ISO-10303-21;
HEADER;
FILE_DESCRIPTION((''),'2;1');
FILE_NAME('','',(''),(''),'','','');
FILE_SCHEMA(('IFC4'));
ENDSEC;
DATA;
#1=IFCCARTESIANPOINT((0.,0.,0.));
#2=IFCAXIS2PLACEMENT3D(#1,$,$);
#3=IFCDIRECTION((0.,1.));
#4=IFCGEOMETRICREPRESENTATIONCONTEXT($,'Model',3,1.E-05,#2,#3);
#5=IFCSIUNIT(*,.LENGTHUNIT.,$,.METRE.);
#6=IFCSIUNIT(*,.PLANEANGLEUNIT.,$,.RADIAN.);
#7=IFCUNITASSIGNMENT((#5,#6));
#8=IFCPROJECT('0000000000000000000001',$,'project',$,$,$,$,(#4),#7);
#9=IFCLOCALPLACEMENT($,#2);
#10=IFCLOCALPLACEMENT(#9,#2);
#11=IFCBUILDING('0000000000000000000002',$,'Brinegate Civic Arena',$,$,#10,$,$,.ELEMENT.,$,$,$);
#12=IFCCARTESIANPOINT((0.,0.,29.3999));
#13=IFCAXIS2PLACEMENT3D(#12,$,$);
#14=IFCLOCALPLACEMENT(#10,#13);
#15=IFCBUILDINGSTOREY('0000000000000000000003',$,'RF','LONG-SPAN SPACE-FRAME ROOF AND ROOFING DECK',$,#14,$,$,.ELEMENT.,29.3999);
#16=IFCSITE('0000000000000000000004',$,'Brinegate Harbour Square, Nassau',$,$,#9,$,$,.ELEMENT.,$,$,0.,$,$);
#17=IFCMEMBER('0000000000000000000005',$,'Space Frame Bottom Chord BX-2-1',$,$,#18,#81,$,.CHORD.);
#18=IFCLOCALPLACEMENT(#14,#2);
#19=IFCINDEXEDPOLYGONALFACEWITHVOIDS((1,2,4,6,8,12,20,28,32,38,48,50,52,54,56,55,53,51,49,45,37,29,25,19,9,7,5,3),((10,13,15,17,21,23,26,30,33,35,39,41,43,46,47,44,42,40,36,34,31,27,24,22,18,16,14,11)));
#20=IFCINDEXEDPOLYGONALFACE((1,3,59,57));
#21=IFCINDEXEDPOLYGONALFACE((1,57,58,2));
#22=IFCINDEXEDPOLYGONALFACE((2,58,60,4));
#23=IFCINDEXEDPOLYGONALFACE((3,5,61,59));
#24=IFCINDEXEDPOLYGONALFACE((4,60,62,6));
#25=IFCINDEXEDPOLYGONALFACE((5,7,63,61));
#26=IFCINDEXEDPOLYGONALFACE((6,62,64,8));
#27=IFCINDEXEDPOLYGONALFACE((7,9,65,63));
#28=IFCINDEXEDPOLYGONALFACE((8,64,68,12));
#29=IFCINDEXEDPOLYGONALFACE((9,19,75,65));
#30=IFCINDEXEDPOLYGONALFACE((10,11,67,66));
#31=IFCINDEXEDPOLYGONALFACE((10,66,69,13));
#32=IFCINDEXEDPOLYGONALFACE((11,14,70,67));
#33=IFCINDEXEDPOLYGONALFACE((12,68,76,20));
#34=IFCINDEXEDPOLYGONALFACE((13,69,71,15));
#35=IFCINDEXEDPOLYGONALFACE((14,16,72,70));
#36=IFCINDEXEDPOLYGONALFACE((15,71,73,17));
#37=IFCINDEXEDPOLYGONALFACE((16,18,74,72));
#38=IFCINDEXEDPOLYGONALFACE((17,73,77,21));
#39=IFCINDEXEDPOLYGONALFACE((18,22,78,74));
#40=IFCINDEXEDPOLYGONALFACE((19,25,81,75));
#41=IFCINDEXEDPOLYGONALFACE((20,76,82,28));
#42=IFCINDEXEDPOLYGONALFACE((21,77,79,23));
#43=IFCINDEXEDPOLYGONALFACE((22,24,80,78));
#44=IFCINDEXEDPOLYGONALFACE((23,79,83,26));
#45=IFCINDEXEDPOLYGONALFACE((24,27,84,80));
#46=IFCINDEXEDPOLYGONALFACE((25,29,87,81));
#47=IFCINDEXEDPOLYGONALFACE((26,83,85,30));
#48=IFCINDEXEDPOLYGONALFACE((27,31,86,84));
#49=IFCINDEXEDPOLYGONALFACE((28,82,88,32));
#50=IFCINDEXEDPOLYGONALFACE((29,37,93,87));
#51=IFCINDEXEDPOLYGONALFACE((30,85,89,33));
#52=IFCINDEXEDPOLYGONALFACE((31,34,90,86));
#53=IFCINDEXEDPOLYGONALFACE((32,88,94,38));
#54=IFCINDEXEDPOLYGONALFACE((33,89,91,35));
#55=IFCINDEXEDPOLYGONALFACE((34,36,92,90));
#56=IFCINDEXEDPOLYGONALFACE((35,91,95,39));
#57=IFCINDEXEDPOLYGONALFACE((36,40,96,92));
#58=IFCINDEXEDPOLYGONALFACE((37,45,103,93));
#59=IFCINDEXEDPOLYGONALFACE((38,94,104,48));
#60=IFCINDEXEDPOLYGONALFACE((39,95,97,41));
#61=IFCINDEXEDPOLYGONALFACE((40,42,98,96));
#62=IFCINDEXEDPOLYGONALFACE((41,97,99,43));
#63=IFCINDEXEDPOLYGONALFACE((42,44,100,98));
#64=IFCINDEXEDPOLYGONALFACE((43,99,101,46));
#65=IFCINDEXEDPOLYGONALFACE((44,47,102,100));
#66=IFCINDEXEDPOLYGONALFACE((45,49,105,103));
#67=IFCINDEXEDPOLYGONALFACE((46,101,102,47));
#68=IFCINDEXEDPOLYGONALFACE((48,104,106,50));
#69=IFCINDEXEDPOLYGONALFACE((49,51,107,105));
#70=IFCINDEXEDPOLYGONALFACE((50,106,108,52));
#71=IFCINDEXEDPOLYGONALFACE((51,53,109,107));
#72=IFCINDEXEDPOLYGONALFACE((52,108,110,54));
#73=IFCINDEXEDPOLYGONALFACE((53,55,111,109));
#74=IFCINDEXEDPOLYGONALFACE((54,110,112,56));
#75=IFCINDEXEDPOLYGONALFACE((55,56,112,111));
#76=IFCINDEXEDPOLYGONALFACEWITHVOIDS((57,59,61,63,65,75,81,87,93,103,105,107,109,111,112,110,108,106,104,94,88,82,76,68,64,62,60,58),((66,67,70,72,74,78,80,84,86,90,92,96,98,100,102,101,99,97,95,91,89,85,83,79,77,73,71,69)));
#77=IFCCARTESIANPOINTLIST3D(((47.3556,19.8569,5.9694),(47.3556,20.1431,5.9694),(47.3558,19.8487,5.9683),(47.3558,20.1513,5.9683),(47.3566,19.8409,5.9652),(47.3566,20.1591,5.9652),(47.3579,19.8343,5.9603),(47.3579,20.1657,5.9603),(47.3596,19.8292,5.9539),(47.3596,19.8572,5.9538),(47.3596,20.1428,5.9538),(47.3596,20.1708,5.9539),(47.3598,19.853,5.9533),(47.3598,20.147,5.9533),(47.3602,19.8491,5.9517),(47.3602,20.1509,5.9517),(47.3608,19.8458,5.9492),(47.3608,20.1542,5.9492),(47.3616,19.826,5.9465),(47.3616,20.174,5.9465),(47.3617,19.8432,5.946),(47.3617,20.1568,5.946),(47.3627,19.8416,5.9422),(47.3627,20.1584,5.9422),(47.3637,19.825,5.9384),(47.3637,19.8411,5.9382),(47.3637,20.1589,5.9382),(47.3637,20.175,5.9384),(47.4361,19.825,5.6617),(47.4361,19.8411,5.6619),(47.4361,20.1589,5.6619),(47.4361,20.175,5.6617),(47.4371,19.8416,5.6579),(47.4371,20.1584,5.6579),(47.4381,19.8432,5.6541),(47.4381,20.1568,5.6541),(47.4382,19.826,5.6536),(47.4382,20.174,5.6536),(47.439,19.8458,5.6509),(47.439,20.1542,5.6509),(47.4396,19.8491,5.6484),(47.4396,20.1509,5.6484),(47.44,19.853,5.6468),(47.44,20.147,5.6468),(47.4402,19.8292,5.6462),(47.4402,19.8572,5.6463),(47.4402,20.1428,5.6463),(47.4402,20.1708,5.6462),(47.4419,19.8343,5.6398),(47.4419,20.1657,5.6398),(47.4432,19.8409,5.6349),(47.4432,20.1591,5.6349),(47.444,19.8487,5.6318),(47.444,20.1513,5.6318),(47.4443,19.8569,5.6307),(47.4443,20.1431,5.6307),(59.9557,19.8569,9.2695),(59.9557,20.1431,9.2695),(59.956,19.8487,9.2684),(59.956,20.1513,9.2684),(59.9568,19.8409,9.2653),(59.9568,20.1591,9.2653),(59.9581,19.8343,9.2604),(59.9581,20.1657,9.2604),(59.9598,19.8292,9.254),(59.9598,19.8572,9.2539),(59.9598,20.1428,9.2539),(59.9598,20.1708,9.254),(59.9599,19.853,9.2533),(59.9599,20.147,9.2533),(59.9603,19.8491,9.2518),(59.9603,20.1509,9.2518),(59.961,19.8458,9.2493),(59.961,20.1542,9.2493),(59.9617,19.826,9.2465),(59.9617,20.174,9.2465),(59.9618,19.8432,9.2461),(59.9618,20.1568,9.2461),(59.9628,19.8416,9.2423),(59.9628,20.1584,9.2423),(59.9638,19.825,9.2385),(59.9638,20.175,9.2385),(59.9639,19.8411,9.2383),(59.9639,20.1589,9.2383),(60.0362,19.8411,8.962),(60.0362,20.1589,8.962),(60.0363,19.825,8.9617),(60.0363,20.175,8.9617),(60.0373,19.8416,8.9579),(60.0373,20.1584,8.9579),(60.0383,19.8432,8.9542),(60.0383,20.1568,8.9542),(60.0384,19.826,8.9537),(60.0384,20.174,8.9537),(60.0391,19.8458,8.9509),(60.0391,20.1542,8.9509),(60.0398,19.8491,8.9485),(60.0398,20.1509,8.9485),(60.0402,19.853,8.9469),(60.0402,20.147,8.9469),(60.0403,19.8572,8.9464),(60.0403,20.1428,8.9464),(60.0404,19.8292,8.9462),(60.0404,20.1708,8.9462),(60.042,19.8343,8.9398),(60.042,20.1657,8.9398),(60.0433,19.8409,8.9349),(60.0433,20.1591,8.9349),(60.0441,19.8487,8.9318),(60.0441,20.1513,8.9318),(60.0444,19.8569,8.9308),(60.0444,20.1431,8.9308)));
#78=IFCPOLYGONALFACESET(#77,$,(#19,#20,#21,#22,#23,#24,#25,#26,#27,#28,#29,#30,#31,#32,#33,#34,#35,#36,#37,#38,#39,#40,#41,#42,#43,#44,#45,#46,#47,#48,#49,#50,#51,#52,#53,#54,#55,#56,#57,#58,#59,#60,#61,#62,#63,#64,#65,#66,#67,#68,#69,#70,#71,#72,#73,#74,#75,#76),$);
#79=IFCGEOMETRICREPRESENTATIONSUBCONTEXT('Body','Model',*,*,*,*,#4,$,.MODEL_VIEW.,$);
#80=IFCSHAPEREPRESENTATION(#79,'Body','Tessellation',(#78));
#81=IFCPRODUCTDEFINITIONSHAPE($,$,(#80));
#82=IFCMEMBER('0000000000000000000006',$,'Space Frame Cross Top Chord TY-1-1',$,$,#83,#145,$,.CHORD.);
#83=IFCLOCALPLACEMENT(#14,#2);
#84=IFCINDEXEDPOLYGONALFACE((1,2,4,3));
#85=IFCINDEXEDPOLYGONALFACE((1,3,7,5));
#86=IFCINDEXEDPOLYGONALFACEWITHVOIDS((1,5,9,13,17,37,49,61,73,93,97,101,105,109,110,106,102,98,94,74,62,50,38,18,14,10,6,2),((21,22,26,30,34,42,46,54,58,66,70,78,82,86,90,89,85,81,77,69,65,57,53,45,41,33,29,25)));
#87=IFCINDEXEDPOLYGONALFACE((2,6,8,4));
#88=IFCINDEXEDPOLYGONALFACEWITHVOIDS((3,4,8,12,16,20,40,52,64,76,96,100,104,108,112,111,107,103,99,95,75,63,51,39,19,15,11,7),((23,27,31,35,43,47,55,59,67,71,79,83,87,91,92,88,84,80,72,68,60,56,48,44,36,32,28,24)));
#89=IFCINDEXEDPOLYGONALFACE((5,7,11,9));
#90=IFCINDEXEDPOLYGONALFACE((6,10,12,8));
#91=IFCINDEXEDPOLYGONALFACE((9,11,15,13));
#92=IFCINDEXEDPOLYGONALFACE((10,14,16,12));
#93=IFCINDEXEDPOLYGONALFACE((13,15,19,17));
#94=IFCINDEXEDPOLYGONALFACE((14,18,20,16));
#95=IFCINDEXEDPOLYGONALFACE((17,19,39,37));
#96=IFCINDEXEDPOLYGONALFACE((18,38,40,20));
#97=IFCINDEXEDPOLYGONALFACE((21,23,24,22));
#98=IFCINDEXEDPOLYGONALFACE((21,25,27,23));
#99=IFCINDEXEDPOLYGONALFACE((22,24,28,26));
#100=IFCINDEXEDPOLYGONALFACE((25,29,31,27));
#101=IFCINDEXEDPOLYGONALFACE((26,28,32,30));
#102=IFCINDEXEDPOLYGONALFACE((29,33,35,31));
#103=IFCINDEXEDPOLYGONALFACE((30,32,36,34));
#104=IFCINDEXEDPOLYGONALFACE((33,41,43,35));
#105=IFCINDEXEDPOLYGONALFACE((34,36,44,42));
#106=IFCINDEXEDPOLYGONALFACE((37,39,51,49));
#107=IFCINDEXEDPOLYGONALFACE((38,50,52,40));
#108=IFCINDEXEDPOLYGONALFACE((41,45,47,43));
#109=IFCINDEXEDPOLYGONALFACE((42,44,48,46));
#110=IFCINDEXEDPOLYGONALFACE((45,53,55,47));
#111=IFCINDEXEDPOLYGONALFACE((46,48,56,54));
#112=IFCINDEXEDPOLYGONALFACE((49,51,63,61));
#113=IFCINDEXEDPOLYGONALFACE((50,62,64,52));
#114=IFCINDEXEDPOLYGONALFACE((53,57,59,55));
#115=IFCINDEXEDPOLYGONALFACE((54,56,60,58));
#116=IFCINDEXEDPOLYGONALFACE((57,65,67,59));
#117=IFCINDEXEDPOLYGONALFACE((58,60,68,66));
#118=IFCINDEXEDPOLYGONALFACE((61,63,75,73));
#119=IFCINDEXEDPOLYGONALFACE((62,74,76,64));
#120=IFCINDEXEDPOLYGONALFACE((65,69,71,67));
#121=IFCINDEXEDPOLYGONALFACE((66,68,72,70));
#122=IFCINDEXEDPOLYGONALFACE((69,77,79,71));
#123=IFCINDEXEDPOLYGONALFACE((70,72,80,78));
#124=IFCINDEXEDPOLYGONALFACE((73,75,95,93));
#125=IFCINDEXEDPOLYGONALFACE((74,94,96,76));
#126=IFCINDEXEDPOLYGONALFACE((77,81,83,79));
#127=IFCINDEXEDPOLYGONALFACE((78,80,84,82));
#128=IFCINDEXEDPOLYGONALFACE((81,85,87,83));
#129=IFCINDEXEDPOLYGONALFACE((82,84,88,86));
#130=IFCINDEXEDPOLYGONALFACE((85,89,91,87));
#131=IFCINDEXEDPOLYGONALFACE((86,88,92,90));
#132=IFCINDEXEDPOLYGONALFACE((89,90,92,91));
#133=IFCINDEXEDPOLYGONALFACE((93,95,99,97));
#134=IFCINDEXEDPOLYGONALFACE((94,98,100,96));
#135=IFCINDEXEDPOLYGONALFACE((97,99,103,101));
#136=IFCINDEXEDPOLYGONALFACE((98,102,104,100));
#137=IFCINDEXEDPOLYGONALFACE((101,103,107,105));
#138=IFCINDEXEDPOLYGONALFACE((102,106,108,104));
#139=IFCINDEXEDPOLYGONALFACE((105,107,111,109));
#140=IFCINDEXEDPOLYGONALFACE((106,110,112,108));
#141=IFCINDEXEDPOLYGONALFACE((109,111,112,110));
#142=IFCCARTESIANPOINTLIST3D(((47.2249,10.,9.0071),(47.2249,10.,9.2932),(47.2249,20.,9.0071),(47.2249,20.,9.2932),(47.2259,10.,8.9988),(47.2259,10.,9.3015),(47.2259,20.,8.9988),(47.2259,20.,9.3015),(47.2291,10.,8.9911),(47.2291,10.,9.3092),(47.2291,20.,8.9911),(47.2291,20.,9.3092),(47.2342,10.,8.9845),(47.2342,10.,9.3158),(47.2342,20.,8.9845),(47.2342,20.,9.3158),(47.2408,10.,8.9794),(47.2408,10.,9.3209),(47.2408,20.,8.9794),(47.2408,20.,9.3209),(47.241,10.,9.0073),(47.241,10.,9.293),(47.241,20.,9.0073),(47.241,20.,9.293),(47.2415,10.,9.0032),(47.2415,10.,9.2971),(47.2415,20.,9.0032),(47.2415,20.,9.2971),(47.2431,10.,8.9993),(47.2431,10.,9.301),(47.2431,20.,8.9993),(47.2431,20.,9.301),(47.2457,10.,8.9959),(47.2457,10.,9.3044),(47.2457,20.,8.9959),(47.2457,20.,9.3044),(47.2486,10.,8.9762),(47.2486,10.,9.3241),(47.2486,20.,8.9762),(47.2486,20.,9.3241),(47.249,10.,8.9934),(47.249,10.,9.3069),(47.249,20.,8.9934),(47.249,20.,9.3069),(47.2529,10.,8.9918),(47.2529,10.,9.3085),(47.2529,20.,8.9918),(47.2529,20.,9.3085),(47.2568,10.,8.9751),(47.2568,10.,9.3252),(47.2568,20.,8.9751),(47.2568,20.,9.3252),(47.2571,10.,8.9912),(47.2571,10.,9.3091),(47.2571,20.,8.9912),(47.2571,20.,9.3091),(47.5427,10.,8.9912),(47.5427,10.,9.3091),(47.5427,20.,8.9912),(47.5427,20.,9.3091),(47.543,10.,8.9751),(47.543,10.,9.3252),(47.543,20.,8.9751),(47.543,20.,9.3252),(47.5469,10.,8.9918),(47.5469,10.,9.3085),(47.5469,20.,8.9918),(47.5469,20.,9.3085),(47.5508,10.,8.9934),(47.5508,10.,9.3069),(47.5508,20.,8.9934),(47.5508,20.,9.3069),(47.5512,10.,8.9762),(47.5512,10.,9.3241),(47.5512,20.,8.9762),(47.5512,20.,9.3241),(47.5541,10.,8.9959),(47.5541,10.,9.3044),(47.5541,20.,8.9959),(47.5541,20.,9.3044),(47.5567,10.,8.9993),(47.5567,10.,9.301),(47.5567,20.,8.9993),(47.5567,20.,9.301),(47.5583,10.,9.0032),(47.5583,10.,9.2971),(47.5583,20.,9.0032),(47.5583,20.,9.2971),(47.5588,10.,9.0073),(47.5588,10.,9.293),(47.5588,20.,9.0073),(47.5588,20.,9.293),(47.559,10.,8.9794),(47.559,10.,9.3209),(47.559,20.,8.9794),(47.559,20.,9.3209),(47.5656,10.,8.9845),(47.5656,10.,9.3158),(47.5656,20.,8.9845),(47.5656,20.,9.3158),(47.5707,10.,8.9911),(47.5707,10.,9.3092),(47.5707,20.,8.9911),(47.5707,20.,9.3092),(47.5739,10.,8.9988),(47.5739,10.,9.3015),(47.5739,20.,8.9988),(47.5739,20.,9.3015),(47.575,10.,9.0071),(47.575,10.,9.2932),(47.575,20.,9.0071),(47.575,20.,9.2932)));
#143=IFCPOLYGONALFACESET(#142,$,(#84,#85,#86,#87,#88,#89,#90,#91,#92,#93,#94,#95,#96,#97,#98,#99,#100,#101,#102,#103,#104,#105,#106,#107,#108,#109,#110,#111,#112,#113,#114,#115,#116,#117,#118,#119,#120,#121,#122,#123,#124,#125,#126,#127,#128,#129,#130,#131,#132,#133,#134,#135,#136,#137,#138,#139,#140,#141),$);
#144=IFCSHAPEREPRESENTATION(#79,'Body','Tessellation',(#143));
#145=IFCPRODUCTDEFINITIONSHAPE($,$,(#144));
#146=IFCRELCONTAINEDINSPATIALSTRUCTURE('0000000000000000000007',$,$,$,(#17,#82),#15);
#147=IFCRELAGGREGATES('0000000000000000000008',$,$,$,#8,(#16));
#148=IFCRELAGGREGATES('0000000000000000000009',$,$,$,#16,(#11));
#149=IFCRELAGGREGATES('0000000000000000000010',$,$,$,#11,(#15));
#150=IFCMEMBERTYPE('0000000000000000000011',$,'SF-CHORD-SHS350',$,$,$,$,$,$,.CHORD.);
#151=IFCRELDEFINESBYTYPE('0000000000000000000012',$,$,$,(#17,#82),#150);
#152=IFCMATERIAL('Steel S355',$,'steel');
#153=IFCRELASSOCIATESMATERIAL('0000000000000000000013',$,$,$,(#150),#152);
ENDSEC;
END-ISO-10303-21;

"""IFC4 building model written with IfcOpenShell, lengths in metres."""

from ifc_helpers import new_model, si_unit, direction, frame, origin, origin_2d, place, context, subcontext, project, spatial, hollow_rectangle, extrude, material, material_profile, profile_set, type_object, element, save


model = new_model("IFC4")

# Units and contexts
model_context = context("Model", 3, precision=1e-05, world=origin(), true_north=direction((0.0, 1.0)))
body_context = subcontext(model_context, "Body", "Model", "MODEL_VIEW")
ifc_project = project(units=[si_unit("LENGTHUNIT", "METRE"), si_unit("PLANEANGLEUNIT", "RADIAN")], contexts=[model_context])

# Site, building, storey
site_placement = place(None, origin())
site = spatial("IfcSite", under=ifc_project, at=site_placement, Name="Brinegate Harbour Square, Nassau", CompositionType="ELEMENT", RefElevation=0.0)
building_placement = place(site_placement, origin())
building = spatial("IfcBuilding", under=site, at=building_placement, Name="Brinegate Civic Arena", CompositionType="ELEMENT")
storey_placement = place(building_placement, frame((0.0, 0.0, 29.3999)))
storey = spatial("IfcBuildingStorey", under=building, at=storey_placement, Name="RF", Description="LONG-SPAN SPACE-FRAME ROOF AND ROOFING DECK", CompositionType="ELEMENT", Elevation=29.3999)

# Members
ifc_material_1 = material(Name="Steel S355", Category="steel")
ifc_material_profile_1 = material_profile(ifc_material_1, hollow_rectangle(XDim=0.3501, YDim=0.3501, WallThickness=0.0161, InnerFilletRadius=0.0161, OuterFilletRadius=0.032, at=origin_2d()), Name="SHS350X16")
ifc_profile_set_1 = profile_set([ifc_material_profile_1], Name="Steel S355")
member_type_1 = type_object("IfcMemberType", Name="SF-CHORD-SHS350", PredefinedType="CHORD", material=ifc_profile_set_1)
member_1_placement = place(storey_placement, frame((47.3999, 20.0, 5.8), z_axis=(0.967372, 0.0, 0.253361), x_axis=(0.0, 1.0, 0.0)))
element("IfcMember", 1, at=member_1_placement, inside=storey, type_object=member_type_1, Name="Space Frame Bottom Chord BX-2-1", PredefinedType="CHORD", context=body_context, shape_type="SweptSolid", body=[
    extrude(hollow_rectangle(XDim=0.3501, YDim=0.3501, WallThickness=0.0161, InnerFilletRadius=0.0161, OuterFilletRadius=0.032, at=origin_2d()), origin(), (0.0, 0.0, 1.0), 13.0251),
])
member_2_placement = place(storey_placement, frame((47.3999, 10.0, 9.1501), z_axis=(0.0, 1.0, 0.0), x_axis=(-1.0, 0.0, 0.0)))
element("IfcMember", 2, at=member_2_placement, inside=storey, type_object=member_type_1, Name="Space Frame Cross Top Chord TY-1-1", PredefinedType="CHORD", context=body_context, shape_type="SweptSolid", body=[
    extrude(hollow_rectangle(XDim=0.3501, YDim=0.3501, WallThickness=0.0161, InnerFilletRadius=0.0161, OuterFilletRadius=0.032, at=origin_2d()), origin(), (0.0, 0.0, 1.0), 10.0),
])

save(model, "model.ifc")
